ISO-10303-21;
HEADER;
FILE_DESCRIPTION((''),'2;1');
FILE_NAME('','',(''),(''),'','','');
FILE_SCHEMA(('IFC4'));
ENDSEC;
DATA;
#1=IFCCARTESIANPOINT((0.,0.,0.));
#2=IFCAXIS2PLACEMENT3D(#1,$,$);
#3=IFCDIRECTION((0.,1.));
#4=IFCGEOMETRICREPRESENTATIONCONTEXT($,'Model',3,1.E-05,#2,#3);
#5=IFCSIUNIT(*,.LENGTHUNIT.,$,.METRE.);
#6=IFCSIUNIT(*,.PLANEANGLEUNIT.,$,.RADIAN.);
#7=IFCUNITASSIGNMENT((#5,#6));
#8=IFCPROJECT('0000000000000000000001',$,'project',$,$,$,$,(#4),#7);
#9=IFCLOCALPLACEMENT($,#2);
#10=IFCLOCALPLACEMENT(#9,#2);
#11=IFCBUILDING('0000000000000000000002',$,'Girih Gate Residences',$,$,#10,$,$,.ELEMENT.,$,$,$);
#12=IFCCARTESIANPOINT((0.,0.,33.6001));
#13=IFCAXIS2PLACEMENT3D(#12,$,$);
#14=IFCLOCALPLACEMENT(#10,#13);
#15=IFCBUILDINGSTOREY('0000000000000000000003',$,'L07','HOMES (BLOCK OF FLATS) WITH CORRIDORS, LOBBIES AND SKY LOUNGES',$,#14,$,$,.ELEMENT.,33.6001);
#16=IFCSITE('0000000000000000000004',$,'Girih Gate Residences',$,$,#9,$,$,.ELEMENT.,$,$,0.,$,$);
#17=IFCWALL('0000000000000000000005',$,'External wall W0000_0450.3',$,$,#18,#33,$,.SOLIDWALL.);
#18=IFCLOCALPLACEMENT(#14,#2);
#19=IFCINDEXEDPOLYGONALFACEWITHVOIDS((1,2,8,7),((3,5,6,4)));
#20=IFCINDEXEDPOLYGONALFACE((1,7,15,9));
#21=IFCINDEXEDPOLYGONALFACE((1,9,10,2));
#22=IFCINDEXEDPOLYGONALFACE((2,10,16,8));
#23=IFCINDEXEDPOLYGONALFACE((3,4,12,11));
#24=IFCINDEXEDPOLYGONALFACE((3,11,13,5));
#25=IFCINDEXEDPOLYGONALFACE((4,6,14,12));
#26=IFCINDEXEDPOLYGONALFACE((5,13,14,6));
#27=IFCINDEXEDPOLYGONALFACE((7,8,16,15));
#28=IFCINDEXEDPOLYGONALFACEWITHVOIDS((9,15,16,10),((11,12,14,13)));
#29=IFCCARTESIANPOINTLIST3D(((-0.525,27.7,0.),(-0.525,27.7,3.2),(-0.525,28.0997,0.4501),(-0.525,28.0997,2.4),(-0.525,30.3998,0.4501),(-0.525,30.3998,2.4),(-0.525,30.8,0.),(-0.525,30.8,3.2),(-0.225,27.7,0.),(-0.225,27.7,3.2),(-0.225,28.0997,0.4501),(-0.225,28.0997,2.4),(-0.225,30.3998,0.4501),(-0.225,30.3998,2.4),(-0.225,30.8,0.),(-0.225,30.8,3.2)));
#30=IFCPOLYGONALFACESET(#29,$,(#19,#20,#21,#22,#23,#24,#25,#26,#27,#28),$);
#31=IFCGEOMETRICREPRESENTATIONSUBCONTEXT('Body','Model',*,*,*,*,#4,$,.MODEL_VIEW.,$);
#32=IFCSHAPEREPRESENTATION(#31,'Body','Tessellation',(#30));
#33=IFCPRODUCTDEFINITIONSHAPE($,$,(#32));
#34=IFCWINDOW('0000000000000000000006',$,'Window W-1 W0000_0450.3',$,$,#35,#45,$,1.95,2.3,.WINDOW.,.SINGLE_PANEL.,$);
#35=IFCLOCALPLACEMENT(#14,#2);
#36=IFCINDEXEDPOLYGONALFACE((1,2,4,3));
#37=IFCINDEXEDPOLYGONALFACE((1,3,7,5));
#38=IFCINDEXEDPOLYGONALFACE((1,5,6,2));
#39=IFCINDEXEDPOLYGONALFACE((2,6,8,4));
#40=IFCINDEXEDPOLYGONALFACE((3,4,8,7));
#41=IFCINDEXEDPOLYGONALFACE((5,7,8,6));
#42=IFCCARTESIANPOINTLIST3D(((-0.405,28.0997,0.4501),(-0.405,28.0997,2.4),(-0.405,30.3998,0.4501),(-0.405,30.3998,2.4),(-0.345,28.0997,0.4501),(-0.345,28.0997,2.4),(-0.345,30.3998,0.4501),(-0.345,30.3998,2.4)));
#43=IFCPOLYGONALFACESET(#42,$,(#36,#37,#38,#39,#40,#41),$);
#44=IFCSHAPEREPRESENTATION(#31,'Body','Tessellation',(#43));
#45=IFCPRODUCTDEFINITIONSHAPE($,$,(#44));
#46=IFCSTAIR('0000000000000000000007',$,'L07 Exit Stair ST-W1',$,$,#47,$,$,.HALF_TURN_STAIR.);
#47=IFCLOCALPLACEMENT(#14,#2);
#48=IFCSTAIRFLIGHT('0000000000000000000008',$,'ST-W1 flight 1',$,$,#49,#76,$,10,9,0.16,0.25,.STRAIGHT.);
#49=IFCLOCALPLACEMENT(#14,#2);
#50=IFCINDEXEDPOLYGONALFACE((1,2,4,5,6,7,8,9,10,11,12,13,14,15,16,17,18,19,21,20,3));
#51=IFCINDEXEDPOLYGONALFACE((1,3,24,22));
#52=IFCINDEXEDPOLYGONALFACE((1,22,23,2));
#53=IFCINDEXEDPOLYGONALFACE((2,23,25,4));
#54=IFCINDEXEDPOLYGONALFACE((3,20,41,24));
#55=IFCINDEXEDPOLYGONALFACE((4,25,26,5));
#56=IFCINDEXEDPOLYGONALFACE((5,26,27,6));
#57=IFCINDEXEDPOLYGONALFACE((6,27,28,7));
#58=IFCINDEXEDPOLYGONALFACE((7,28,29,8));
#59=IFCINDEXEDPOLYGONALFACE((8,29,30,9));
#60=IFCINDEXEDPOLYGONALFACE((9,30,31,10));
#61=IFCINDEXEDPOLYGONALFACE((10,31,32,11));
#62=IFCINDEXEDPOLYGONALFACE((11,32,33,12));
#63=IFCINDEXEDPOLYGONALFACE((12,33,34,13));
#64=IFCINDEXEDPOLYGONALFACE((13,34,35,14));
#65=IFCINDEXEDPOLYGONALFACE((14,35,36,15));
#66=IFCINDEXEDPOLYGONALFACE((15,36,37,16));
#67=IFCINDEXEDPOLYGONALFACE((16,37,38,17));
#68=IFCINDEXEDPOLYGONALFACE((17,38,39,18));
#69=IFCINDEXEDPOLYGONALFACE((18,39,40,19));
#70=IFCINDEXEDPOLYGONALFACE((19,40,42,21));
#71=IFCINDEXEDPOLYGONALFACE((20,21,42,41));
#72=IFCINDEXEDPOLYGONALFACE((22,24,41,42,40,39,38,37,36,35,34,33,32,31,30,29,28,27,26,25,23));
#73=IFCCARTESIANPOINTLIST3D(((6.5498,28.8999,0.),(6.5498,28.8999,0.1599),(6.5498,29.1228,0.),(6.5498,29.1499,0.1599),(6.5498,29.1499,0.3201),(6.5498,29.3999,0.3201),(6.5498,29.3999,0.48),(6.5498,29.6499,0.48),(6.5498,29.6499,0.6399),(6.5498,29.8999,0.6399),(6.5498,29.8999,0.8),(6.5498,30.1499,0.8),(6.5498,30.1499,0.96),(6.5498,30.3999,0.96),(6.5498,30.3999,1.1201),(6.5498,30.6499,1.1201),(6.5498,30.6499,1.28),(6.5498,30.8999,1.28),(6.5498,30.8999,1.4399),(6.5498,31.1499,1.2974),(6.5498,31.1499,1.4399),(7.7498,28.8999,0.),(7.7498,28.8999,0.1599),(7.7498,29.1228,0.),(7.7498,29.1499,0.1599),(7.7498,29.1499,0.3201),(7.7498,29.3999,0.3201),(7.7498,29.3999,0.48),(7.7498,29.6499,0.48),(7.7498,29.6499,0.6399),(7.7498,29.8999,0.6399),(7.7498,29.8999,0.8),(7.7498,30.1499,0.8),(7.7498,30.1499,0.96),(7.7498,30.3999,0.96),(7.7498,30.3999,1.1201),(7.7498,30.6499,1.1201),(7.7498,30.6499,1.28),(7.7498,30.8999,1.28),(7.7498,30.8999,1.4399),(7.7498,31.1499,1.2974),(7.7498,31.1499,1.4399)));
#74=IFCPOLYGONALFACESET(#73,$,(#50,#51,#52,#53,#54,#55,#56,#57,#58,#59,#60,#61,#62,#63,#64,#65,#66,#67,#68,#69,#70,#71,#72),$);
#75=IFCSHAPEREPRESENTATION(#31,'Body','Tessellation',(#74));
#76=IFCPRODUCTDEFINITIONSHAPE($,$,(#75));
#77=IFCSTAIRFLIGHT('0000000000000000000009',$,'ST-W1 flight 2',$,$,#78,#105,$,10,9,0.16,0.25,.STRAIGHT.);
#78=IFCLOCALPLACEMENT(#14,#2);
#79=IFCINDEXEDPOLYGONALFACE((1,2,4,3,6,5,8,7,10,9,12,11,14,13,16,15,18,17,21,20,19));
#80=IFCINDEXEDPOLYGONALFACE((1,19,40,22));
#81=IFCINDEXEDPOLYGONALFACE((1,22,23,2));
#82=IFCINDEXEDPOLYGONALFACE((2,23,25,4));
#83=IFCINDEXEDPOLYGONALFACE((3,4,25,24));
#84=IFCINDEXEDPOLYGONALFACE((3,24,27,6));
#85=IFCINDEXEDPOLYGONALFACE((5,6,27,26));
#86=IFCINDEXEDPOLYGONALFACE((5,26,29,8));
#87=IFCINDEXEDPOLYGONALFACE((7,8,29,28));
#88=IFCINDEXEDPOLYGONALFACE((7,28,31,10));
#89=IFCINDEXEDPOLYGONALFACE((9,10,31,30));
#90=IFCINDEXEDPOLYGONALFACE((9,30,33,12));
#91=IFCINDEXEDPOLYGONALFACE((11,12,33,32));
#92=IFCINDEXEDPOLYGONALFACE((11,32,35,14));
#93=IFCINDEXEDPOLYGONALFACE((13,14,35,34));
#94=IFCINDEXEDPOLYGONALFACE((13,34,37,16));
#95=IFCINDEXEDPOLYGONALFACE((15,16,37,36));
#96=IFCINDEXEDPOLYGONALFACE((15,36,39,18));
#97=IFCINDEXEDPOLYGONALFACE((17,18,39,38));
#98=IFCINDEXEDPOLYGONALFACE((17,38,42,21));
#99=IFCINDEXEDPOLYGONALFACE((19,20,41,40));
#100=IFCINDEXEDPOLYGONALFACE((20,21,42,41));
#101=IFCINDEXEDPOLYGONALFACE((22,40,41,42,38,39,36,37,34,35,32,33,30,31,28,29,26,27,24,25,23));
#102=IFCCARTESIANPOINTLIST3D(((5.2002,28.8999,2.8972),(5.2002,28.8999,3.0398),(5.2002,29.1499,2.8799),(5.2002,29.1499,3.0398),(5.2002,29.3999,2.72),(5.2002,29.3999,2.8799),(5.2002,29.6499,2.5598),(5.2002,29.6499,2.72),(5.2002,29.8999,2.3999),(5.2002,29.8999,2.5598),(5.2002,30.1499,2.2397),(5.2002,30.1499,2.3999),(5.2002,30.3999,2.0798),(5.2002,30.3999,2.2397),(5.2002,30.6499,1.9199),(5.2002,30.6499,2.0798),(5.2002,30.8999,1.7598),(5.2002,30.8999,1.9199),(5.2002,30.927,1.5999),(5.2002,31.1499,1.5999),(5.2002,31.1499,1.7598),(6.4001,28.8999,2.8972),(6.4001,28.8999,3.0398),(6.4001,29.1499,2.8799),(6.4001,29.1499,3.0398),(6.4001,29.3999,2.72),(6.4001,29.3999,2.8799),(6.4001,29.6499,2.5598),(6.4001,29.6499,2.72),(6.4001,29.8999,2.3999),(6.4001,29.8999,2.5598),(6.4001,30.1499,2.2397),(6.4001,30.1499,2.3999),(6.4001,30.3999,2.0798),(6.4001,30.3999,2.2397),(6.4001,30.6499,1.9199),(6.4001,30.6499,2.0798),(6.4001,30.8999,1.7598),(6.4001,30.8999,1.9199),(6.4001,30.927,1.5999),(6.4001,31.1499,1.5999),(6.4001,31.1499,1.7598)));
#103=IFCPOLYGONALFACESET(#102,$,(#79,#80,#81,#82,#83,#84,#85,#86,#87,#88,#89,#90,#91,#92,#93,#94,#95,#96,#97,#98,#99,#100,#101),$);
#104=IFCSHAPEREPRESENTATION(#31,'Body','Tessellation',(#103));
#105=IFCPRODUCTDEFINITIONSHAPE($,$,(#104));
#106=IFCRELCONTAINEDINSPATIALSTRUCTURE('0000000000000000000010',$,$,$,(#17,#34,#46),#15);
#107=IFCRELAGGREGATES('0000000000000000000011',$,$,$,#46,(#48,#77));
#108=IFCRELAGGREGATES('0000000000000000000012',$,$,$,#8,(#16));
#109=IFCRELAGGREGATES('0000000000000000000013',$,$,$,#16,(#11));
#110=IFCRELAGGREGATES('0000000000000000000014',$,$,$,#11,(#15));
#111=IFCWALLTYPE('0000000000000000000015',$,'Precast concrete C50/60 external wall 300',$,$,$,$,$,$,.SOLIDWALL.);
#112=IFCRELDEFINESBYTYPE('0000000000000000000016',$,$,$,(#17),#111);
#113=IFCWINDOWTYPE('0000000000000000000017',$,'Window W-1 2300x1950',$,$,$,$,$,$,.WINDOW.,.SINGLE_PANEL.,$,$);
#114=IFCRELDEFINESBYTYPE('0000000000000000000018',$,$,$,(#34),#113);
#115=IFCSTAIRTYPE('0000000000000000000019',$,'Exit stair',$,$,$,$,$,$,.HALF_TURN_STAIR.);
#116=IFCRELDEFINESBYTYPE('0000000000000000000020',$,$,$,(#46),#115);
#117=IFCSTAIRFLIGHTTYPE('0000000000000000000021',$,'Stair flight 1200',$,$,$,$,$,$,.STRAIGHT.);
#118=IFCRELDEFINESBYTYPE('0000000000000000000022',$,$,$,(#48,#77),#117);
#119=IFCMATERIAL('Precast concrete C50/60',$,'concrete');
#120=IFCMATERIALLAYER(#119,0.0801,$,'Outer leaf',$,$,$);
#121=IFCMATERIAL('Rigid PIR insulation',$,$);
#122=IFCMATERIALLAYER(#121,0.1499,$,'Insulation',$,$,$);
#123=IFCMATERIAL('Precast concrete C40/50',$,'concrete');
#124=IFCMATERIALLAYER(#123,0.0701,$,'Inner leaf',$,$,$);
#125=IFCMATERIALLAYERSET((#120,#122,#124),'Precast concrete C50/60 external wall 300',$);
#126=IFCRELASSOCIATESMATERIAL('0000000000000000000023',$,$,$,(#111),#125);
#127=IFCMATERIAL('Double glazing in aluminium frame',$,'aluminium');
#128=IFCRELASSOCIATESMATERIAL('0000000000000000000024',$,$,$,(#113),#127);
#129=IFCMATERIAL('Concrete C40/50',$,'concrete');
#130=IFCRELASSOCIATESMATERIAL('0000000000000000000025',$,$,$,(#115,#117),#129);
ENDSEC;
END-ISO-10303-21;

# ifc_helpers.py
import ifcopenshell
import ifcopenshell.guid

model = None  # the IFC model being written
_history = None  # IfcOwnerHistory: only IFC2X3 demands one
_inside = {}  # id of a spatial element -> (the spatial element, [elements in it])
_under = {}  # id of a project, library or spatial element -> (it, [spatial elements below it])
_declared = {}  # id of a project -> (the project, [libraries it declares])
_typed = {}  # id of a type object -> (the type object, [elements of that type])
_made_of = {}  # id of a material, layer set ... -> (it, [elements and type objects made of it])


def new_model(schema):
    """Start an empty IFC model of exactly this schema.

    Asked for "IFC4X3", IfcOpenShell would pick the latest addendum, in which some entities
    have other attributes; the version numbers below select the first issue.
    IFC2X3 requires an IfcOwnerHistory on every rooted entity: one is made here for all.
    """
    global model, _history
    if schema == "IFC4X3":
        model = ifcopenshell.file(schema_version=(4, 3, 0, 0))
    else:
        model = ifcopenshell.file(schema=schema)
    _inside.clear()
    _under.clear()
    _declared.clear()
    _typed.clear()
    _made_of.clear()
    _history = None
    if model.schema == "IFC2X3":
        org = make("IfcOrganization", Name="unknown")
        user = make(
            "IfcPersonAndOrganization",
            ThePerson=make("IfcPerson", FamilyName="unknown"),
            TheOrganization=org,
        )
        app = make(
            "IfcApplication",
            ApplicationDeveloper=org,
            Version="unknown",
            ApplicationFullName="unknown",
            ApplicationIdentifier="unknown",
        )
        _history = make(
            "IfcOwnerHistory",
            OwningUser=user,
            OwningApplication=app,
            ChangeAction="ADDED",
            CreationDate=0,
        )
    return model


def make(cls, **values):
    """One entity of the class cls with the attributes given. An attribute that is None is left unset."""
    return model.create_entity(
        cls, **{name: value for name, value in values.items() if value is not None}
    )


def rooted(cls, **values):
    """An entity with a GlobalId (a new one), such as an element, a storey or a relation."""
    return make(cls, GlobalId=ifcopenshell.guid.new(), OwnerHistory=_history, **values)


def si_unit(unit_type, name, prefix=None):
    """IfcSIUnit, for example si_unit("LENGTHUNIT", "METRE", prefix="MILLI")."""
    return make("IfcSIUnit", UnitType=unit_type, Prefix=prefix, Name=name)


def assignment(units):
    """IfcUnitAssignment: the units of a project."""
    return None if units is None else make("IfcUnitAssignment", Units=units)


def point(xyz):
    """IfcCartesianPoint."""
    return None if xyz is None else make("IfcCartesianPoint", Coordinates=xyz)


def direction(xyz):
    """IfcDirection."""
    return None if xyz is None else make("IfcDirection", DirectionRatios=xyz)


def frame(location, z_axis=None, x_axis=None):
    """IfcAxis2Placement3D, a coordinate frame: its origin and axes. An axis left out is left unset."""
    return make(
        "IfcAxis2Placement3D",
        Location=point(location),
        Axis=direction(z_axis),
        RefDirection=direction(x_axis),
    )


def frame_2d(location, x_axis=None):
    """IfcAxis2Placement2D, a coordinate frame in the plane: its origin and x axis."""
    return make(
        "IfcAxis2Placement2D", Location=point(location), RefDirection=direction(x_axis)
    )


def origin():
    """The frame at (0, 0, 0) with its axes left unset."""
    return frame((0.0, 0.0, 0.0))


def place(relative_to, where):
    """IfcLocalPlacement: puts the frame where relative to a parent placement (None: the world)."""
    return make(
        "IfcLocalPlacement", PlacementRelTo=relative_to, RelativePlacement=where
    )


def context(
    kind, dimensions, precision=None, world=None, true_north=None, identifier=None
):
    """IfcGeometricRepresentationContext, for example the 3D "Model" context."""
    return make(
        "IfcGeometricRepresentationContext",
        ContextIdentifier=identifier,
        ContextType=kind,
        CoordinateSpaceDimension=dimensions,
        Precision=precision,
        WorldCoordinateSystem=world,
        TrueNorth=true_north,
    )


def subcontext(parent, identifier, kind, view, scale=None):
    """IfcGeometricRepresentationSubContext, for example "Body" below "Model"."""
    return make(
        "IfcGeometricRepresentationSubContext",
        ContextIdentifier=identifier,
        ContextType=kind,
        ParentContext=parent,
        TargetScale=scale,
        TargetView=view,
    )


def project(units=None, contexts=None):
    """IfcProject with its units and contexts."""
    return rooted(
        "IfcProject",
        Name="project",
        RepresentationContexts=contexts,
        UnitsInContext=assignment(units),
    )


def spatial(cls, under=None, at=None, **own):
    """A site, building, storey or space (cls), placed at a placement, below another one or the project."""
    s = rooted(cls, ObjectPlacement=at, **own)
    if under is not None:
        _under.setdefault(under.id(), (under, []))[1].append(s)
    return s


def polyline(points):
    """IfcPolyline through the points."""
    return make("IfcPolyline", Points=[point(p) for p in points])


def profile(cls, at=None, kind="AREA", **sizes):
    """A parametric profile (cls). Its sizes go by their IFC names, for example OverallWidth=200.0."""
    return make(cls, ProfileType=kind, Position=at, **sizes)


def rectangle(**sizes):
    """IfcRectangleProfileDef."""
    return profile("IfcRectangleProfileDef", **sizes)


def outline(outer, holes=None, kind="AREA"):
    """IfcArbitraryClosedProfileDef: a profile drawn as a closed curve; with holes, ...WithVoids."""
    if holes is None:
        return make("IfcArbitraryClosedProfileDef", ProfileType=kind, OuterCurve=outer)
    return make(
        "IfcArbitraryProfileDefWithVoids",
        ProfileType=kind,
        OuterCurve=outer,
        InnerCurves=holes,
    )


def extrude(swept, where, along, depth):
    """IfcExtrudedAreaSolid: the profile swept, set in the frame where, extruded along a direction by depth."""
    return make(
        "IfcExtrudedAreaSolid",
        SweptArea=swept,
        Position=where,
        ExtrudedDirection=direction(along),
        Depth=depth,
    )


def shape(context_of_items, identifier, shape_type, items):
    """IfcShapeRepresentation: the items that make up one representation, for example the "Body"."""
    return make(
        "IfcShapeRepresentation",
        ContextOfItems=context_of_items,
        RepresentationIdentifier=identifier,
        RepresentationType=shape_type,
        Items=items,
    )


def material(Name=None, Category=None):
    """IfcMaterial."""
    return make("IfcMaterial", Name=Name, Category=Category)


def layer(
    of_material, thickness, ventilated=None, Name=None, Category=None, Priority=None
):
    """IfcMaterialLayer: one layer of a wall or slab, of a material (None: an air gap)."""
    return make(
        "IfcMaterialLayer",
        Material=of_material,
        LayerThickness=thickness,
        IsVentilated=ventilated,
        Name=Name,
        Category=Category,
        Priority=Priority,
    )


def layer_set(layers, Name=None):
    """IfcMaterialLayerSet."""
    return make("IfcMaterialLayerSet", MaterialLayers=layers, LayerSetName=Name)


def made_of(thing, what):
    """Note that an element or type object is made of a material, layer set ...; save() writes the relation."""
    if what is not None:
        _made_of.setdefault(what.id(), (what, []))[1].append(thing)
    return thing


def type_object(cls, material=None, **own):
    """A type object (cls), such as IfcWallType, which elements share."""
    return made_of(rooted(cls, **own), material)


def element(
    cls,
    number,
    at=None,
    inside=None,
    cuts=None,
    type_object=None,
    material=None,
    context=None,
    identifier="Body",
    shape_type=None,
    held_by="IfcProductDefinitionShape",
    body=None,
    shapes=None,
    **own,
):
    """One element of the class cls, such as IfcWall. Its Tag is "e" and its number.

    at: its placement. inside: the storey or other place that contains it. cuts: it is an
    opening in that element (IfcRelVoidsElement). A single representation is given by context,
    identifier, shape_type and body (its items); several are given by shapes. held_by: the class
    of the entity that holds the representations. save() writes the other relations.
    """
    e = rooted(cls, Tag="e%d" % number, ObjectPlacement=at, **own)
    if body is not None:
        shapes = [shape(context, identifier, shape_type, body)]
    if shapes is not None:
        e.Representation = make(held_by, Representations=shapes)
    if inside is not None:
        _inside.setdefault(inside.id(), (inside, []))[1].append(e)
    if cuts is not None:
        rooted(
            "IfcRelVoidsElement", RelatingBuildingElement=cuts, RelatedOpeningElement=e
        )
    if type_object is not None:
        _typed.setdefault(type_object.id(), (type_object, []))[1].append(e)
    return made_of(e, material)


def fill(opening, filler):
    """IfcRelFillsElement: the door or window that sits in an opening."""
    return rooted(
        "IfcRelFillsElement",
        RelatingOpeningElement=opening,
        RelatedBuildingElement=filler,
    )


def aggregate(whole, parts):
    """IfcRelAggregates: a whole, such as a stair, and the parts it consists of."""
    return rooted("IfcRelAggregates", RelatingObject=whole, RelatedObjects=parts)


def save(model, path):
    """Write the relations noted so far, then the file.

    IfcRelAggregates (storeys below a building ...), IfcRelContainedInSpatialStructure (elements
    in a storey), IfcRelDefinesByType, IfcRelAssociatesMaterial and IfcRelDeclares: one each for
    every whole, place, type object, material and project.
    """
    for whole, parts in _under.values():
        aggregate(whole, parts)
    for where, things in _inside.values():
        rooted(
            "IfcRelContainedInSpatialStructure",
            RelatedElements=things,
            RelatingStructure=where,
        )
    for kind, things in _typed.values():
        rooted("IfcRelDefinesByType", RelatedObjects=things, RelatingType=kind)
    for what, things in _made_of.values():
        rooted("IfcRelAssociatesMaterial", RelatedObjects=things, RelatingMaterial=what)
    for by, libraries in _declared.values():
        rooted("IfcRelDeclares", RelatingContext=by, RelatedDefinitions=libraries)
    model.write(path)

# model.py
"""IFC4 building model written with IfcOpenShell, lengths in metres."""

from ifc_helpers import new_model, si_unit, direction, frame, frame_2d, origin, place, context, subcontext, project, spatial, polyline, rectangle, outline, extrude, material, layer, layer_set, type_object, element, fill, aggregate, save


model = new_model("IFC4")

# Units and contexts
model_context = context("Model", 3, precision=1e-05, world=origin(), true_north=direction((0.0, 1.0)))
body_context = subcontext(model_context, "Body", "Model", "MODEL_VIEW")
ifc_project = project(units=[si_unit("LENGTHUNIT", "METRE"), si_unit("PLANEANGLEUNIT", "RADIAN")], contexts=[model_context])

# Site, building, storey
site_placement = place(None, origin())
site = spatial("IfcSite", under=ifc_project, at=site_placement, Name="Girih Gate Residences", CompositionType="ELEMENT", RefElevation=0.0)
building_placement = place(site_placement, origin())
building = spatial("IfcBuilding", under=site, at=building_placement, Name="Girih Gate Residences", CompositionType="ELEMENT")
storey_placement = place(building_placement, frame((0.0, 0.0, 33.6001)))
storey = spatial("IfcBuildingStorey", under=building, at=storey_placement, Name="L07", Description="HOMES (BLOCK OF FLATS) WITH CORRIDORS, LOBBIES AND SKY LOUNGES", CompositionType="ELEMENT", Elevation=33.6001)

# Wall, opening, window
ifc_material_1 = material(Name="Precast concrete C50/60", Category="concrete")
ifc_layer_1 = layer(ifc_material_1, 0.0801, Name="Outer leaf")
ifc_material_2 = material(Name="Rigid PIR insulation")
ifc_layer_2 = layer(ifc_material_2, 0.1499, Name="Insulation")
ifc_material_3 = material(Name="Precast concrete C40/50", Category="concrete")
ifc_layer_3 = layer(ifc_material_3, 0.0701, Name="Inner leaf")
ifc_layer_set_1 = layer_set([ifc_layer_1, ifc_layer_2, ifc_layer_3], Name="Precast concrete C50/60 external wall 300")
wall_type_1 = type_object("IfcWallType", Name="Precast concrete C50/60 external wall 300", PredefinedType="SOLIDWALL", material=ifc_layer_set_1)
wall_1_placement = place(storey_placement, frame((-0.375, 27.7, 0.0), z_axis=(0.0, 0.0, 1.0), x_axis=(0.0, 1.0, 0.0)))
wall_1 = element("IfcWall", 1, at=wall_1_placement, inside=storey, type_object=wall_type_1, Name="External wall W0000_0450.3", PredefinedType="SOLIDWALL", context=body_context, shape_type="SweptSolid", body=[
    extrude(rectangle(XDim=3.1001, YDim=0.3, at=frame_2d((1.55, 0.0))), origin(), (0.0, 0.0, 1.0), 3.2),
])
opening_1_placement = place(wall_1_placement, frame((0.3999, 0.0, 0.45)))
opening_1 = element("IfcOpeningElement", 2, at=opening_1_placement, cuts=wall_1, PredefinedType="OPENING", context=body_context, shape_type="SweptSolid", body=[
    extrude(rectangle(XDim=2.3, YDim=1.95, at=frame_2d((1.1499, 0.9751))), frame((0.0, 0.1599, 0.0), z_axis=(0.0, -1.0, 0.0), x_axis=(1.0, 0.0, 0.0)), (0.0, 0.0, 1.0), 0.3201),
])
ifc_material_4 = material(Name="Double glazing in aluminium frame", Category="aluminium")
window_type = type_object("IfcWindowType", Name="Window W-1 2300x1950", PartitioningType="SINGLE_PANEL", PredefinedType="WINDOW", material=ifc_material_4)
window_placement = place(opening_1_placement, origin())
window = element("IfcWindow", 3, at=window_placement, inside=storey, type_object=window_type, Name="Window W-1 W0000_0450.3", OverallHeight=1.95, OverallWidth=2.3, PartitioningType="SINGLE_PANEL", PredefinedType="WINDOW", context=body_context, shape_type="SweptSolid", body=[
    extrude(rectangle(XDim=2.3, YDim=1.95, at=frame_2d((1.1499, 0.9751))), frame((0.0, 0.03, 0.0), z_axis=(0.0, -1.0, 0.0), x_axis=(1.0, 0.0, 0.0)), (0.0, 0.0, 1.0), 0.0601),
])
fill(opening_1, window)

# Stair, stair flights
ifc_material_5 = material(Name="Concrete C40/50", Category="concrete")
stair_type = type_object("IfcStairType", Name="Exit stair", PredefinedType="HALF_TURN_STAIR", material=ifc_material_5)
stair_placement = place(storey_placement, origin())
stair = element("IfcStair", 4, at=stair_placement, inside=storey, type_object=stair_type, Name="L07 Exit Stair ST-W1", PredefinedType="HALF_TURN_STAIR")
stair_flight_type = type_object("IfcStairFlightType", Name="Stair flight 1200", PredefinedType="STRAIGHT", material=ifc_material_5)
stair_flight_1_placement = place(storey_placement, frame((7.1499, 28.8999, 0.0), z_axis=(0.0, 0.0, 1.0), x_axis=(0.0, 1.0, 0.0)))
stair_flight_1 = element("IfcStairFlight", 5, at=stair_flight_1_placement, type_object=stair_flight_type, Name="ST-W1 flight 1", NumberOfRisers=10, NumberOfTreads=9, PredefinedType="STRAIGHT", RiserHeight=0.16, TreadLength=0.25, context=body_context, shape_type="SweptSolid", body=[
    extrude(outline(polyline([(0.0, 0.0), (0.0, 0.1599), (0.25, 0.1599), (0.25, 0.3201), (0.5, 0.3201), (0.5, 0.48), (0.75, 0.48), (0.75, 0.6399), (1.0, 0.6399), (1.0, 0.8), (1.25, 0.8), (1.25, 0.96), (1.5, 0.96), (1.5, 1.1201), (1.75, 1.1201), (1.75, 1.28), (2.0, 1.28), (2.0, 1.4399), (2.25, 1.4399), (2.25, 1.6001), (2.25, 1.2974), (0.2229, 0.0), (0.0, 0.0)])), frame((0.0, 0.6001, 0.0), z_axis=(0.0, -1.0, 0.0), x_axis=(1.0, 0.0, 0.0)), (0.0, 0.0, 1.0), 1.2),
])
stair_flight_2_placement = place(storey_placement, frame((5.8, 31.1499, 1.5999), z_axis=(0.0, 0.0, 1.0), x_axis=(0.0, -1.0, 0.0)))
stair_flight_2 = element("IfcStairFlight", 6, at=stair_flight_2_placement, type_object=stair_flight_type, Name="ST-W1 flight 2", NumberOfRisers=10, NumberOfTreads=9, PredefinedType="STRAIGHT", RiserHeight=0.16, TreadLength=0.25, context=body_context, shape_type="SweptSolid", body=[
    extrude(outline(polyline([(0.0, 0.0), (0.0, 0.1599), (0.25, 0.1599), (0.25, 0.3201), (0.5, 0.3201), (0.5, 0.48), (0.75, 0.48), (0.75, 0.6399), (1.0, 0.6399), (1.0, 0.8), (1.25, 0.8), (1.25, 0.96), (1.5, 0.96), (1.5, 1.1201), (1.75, 1.1201), (1.75, 1.28), (2.0, 1.28), (2.0, 1.4399), (2.25, 1.4399), (2.25, 1.6001), (2.25, 1.2974), (0.2229, 0.0), (0.0, 0.0)])), frame((0.0, 0.6001, 0.0), z_axis=(0.0, -1.0, 0.0), x_axis=(1.0, 0.0, 0.0)), (0.0, 0.0, 1.0), 1.2),
])
aggregate(stair, [stair_flight_1, stair_flight_2])

save(model, "model.ifc")
